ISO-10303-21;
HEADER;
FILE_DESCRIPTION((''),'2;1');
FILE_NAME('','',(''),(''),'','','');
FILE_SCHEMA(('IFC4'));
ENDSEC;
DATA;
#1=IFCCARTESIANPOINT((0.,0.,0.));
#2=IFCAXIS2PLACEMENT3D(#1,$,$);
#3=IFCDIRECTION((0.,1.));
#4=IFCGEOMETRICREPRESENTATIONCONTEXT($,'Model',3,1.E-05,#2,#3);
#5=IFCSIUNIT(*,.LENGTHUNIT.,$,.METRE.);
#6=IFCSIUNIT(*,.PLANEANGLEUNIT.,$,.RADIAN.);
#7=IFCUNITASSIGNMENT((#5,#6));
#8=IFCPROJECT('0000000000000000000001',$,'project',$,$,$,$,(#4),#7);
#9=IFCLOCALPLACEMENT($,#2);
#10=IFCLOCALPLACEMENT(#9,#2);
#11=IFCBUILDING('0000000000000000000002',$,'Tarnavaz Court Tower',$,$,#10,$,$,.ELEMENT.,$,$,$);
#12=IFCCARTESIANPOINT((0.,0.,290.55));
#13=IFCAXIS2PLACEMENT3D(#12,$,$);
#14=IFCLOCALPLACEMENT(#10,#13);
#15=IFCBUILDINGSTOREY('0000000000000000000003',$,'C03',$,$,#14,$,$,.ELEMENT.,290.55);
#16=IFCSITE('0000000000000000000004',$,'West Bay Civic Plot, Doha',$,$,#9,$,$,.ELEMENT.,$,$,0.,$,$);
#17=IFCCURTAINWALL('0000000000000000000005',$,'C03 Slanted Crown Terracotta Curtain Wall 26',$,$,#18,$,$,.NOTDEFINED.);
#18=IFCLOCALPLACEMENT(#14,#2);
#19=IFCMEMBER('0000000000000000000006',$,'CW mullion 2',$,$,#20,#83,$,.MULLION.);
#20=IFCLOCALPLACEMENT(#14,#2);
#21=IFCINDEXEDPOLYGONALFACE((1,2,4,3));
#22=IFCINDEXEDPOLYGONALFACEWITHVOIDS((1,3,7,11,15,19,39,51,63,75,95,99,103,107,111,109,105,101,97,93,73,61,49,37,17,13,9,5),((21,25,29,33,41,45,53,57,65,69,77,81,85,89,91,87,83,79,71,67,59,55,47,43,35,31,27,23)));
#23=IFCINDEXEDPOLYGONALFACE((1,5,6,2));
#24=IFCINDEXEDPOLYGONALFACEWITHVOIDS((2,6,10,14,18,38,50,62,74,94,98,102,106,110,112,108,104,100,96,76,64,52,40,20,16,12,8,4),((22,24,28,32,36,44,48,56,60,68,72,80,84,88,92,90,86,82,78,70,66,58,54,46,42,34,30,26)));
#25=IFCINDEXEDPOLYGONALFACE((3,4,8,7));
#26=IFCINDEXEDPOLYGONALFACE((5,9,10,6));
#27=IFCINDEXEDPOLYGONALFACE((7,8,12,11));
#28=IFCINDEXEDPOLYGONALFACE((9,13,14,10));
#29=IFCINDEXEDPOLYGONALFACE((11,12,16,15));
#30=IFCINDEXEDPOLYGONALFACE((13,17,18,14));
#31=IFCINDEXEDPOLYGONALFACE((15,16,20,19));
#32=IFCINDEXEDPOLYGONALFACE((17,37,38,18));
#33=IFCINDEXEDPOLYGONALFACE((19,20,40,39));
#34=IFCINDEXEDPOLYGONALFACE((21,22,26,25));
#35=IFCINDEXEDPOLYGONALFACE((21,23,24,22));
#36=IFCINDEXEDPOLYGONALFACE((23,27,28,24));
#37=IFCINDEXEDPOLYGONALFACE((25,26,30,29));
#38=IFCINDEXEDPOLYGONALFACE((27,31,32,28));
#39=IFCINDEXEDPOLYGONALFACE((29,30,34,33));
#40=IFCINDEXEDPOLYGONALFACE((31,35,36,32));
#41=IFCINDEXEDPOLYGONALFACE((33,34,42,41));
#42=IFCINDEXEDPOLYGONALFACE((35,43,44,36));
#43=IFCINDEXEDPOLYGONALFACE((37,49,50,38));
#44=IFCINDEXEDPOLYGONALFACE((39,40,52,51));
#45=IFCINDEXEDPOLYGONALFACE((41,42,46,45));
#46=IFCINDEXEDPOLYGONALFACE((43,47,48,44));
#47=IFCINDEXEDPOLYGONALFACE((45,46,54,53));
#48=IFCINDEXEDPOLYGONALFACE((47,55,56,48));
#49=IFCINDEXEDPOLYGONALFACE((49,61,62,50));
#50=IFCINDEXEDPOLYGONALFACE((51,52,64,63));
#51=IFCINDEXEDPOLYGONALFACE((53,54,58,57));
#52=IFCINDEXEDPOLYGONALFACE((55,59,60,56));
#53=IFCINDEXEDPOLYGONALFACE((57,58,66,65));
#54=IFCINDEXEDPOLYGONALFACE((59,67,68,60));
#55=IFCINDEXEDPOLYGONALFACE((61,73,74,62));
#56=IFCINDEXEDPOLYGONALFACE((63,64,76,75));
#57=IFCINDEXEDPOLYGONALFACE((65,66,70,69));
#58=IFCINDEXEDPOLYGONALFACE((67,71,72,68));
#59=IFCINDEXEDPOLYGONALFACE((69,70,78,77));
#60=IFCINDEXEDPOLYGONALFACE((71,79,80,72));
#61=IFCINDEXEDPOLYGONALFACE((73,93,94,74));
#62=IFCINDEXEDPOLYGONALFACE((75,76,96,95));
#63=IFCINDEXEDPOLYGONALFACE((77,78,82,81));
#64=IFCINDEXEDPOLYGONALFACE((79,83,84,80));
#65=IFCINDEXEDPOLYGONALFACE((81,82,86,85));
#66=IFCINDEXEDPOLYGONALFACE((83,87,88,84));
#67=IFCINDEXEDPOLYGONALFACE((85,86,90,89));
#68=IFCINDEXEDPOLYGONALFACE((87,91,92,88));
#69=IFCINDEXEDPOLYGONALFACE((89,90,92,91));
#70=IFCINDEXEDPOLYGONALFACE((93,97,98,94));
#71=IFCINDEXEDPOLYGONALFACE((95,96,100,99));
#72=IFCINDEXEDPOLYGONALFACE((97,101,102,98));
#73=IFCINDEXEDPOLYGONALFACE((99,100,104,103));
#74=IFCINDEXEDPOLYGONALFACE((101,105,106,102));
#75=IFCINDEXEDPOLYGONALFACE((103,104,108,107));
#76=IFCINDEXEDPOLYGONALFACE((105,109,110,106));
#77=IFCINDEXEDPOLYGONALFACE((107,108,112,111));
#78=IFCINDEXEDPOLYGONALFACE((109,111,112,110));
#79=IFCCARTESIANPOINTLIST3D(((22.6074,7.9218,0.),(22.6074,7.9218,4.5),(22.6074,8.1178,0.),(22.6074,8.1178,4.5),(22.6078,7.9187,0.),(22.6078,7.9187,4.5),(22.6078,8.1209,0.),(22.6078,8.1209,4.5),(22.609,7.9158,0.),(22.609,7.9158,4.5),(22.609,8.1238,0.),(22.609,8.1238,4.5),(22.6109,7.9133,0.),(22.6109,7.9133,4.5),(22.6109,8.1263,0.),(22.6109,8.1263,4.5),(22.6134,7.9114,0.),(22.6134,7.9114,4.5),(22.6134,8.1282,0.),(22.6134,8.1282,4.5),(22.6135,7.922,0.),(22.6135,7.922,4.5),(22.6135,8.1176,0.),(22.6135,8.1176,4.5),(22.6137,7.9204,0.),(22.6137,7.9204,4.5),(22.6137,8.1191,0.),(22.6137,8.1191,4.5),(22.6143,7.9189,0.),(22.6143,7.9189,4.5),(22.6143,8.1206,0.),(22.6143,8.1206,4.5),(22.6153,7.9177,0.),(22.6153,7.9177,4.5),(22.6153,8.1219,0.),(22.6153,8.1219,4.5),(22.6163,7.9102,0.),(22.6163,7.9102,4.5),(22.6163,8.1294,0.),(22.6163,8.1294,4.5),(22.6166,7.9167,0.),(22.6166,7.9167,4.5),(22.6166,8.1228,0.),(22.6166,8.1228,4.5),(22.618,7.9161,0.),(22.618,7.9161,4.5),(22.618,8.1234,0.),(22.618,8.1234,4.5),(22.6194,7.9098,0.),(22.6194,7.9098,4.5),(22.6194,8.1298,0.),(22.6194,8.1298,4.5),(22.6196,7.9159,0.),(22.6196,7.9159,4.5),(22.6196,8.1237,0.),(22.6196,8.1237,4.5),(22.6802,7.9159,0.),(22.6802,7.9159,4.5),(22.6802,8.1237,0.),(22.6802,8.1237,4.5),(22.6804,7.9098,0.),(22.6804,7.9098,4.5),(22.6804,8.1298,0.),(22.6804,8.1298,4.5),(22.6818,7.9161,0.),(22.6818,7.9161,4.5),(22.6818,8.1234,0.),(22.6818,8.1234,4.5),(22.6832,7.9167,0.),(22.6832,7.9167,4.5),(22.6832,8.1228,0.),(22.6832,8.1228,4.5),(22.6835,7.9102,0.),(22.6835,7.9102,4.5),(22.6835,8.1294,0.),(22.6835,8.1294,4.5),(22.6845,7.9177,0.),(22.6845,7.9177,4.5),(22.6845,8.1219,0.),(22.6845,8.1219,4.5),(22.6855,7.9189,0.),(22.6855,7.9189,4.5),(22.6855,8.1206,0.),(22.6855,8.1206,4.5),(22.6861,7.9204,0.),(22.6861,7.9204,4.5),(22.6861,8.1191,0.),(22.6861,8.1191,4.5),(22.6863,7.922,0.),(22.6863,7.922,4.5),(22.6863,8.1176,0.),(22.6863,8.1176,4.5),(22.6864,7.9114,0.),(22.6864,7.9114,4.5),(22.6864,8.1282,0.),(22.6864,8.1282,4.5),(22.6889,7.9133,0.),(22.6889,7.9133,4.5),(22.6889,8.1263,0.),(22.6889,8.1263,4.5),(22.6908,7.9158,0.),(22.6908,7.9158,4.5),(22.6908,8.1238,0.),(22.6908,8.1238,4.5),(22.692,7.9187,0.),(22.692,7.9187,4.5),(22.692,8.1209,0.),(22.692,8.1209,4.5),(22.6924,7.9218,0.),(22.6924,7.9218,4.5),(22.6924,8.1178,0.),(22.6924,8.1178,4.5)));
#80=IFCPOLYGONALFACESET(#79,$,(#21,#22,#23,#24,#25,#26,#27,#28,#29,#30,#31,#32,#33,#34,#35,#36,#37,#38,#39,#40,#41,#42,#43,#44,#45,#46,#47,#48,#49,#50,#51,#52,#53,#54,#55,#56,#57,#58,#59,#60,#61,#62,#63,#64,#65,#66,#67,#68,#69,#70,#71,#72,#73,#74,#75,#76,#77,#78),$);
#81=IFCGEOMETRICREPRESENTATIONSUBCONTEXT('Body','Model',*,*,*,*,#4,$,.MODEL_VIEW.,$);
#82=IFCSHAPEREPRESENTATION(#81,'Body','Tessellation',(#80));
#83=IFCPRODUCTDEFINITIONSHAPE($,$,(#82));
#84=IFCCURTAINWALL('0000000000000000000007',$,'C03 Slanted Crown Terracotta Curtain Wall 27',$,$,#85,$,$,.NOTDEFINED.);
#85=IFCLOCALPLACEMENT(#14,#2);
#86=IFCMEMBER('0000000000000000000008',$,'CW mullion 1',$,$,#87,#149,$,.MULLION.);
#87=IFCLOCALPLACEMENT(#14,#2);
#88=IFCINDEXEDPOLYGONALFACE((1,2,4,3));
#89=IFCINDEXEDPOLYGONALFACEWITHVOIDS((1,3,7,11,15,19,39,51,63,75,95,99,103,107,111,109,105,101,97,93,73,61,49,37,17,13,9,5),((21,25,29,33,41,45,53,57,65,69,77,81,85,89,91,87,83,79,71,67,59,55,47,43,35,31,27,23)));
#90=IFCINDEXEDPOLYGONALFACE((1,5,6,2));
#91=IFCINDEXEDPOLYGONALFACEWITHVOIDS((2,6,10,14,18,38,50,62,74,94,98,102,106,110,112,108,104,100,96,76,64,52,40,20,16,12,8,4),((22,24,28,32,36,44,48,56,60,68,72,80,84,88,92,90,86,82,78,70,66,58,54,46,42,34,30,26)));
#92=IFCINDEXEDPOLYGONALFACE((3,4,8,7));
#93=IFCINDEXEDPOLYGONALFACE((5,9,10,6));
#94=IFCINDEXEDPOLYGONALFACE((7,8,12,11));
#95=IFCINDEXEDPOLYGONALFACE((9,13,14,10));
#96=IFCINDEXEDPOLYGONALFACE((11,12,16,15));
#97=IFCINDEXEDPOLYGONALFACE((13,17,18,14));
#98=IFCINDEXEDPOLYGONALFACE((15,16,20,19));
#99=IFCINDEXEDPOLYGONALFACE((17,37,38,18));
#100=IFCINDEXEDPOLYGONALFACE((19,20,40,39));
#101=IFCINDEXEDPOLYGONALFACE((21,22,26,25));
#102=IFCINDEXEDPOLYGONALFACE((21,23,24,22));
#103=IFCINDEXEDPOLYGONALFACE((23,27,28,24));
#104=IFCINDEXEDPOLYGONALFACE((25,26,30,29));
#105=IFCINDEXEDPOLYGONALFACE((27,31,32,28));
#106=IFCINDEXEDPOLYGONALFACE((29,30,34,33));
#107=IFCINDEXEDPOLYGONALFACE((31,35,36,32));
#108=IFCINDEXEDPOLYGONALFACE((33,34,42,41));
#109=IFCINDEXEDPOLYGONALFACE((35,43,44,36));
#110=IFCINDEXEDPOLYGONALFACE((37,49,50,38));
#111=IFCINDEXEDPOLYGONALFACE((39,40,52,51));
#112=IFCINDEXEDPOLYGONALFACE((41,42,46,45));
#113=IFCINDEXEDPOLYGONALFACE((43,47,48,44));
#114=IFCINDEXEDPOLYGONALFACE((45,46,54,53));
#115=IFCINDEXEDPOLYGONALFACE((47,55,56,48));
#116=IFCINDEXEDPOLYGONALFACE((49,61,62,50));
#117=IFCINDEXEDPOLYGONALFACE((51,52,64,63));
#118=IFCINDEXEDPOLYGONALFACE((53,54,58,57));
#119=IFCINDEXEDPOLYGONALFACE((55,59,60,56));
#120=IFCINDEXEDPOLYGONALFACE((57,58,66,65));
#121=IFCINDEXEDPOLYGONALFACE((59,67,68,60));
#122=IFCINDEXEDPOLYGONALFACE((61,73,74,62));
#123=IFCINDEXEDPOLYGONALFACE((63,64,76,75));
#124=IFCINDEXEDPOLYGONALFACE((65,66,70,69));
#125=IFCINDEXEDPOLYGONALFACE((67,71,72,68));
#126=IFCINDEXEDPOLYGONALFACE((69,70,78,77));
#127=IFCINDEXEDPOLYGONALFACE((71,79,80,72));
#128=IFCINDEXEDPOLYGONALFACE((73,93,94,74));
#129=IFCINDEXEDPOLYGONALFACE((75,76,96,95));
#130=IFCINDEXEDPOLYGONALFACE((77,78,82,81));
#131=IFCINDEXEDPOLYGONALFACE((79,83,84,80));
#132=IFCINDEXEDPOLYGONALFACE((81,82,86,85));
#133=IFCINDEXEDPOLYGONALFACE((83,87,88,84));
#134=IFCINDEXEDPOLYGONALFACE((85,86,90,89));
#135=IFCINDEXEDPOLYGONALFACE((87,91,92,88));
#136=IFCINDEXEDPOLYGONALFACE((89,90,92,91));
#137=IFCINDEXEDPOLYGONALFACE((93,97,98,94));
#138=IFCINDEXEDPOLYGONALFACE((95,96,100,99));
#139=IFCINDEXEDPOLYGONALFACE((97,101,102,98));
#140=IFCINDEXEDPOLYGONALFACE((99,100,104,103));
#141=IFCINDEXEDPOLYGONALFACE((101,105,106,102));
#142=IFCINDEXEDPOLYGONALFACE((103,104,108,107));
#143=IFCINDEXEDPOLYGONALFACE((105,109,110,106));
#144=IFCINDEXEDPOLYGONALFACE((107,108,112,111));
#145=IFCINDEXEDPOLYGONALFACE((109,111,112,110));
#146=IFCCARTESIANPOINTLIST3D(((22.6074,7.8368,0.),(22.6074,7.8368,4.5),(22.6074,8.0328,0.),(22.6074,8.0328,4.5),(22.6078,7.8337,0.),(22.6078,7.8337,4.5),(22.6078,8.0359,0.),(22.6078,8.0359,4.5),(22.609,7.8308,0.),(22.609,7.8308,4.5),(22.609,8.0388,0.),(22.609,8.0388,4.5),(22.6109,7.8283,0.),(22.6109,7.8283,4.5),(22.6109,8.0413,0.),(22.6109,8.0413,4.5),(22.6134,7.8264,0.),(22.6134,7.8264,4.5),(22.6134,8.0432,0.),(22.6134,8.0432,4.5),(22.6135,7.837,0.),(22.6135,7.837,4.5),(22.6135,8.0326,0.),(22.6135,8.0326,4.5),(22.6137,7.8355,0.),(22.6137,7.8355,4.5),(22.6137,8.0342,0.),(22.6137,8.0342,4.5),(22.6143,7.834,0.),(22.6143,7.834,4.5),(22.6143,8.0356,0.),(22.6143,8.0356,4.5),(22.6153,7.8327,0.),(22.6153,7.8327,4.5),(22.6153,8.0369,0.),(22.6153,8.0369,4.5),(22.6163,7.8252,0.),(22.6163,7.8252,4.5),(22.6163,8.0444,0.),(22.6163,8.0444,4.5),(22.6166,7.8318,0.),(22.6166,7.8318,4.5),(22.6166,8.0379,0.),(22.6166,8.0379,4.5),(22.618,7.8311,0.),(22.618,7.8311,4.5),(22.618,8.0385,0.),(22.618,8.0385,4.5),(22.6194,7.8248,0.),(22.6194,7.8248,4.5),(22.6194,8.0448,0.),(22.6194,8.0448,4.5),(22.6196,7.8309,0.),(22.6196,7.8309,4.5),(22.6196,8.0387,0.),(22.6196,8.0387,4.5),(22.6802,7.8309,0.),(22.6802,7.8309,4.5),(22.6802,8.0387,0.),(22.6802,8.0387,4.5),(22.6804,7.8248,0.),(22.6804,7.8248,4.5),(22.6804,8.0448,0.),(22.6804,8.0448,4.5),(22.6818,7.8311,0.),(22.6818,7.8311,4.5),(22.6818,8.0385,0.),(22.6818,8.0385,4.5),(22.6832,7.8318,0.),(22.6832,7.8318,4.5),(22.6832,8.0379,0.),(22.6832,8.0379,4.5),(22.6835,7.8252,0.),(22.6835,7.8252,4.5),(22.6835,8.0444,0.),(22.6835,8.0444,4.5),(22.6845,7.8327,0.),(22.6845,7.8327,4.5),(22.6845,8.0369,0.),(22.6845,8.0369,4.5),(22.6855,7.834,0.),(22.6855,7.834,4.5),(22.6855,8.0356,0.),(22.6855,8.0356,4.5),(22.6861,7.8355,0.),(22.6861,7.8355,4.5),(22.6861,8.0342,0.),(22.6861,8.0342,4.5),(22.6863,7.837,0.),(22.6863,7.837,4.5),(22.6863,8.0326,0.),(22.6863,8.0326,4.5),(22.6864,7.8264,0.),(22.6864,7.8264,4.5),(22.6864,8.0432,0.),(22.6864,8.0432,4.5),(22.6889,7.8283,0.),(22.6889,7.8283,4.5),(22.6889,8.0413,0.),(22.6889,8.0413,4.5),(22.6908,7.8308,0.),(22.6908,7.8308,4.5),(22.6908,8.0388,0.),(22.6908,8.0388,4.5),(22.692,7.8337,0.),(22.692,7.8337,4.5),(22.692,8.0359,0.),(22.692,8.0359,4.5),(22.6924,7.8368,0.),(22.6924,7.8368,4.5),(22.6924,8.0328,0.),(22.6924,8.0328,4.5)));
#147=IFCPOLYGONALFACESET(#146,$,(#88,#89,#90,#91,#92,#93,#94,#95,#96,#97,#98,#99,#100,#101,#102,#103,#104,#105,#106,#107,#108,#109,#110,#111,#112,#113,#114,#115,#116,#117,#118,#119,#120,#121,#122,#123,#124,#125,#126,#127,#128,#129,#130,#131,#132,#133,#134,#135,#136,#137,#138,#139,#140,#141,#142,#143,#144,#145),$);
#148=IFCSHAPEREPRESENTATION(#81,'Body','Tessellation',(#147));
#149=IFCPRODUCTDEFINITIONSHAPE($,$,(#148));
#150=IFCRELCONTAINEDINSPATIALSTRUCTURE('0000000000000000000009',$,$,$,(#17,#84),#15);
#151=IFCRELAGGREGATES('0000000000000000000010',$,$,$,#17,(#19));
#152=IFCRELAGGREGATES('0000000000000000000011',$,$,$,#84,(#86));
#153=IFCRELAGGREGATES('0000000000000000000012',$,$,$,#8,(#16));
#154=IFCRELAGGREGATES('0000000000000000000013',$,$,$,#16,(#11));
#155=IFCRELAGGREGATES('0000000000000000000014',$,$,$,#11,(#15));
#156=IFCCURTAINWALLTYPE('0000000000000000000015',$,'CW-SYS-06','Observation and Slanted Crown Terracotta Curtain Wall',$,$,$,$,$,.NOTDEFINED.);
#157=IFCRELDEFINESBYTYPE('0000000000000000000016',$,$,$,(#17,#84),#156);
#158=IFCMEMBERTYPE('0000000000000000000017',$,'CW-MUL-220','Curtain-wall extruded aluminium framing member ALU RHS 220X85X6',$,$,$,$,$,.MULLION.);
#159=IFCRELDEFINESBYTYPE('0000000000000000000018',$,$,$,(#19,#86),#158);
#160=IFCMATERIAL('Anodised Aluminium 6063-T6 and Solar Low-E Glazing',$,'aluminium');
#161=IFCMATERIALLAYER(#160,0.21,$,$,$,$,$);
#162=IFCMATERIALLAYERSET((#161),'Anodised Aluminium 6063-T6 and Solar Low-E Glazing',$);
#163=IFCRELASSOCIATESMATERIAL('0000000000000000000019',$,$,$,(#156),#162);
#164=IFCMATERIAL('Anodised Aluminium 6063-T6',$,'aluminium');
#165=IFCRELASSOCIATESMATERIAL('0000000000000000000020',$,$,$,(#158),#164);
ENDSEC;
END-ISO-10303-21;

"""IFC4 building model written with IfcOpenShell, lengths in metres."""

from ifc_helpers import new_model, si_unit, direction, frame, origin, origin_2d, place, context, subcontext, project, spatial, hollow_rectangle, extrude, material, layer, layer_set, material_profile, profile_set, type_object, element, aggregate, save


model = new_model("IFC4")

# Units and contexts
model_context = context("Model", 3, precision=1e-05, world=origin(), true_north=direction((0.0, 1.0)))
body_context = subcontext(model_context, "Body", "Model", "MODEL_VIEW")
ifc_project = project(units=[si_unit("LENGTHUNIT", "METRE"), si_unit("PLANEANGLEUNIT", "RADIAN")], contexts=[model_context])

# Site, building, storey
site_placement = place(None, origin())
site = spatial("IfcSite", under=ifc_project, at=site_placement, Name="West Bay Civic Plot, Doha", CompositionType="ELEMENT", RefElevation=0.0)
building_placement = place(site_placement, origin())
building = spatial("IfcBuilding", under=site, at=building_placement, Name="Tarnavaz Court Tower", CompositionType="ELEMENT")
storey_placement = place(building_placement, frame((0.0, 0.0, 290.55)))
storey = spatial("IfcBuildingStorey", under=building, at=storey_placement, Name="C03", CompositionType="ELEMENT", Elevation=290.55)

# Shared definitions
ifc_material_1 = material(Name="Anodised Aluminium 6063-T6 and Solar Low-E Glazing", Category="aluminium")
ifc_layer_1 = layer(ifc_material_1, 0.21)
ifc_layer_set_1 = layer_set([ifc_layer_1], Name="Anodised Aluminium 6063-T6 and Solar Low-E Glazing")
curtain_wall_type = type_object("IfcCurtainWallType", Name="CW-SYS-06", Description="Observation and Slanted Crown Terracotta Curtain Wall", PredefinedType="NOTDEFINED", material=ifc_layer_set_1)
ifc_material_2 = material(Name="Anodised Aluminium 6063-T6", Category="aluminium")
ifc_material_profile_1 = material_profile(ifc_material_2, hollow_rectangle(XDim=0.085, YDim=0.22, WallThickness=0.0061, InnerFilletRadius=0.0061, OuterFilletRadius=0.012, at=origin_2d()), Name="ALU RHS 220X85X6")
ifc_profile_set_1 = profile_set([ifc_material_profile_1], Name="Anodised Aluminium 6063-T6")
member_type_1 = type_object("IfcMemberType", Name="CW-MUL-220", Description="Curtain-wall extruded aluminium framing member ALU RHS 220X85X6", PredefinedType="MULLION", material=ifc_profile_set_1)

# Curtain walls, members
curtain_wall_1_placement = place(storey_placement, origin())
curtain_wall_1 = element("IfcCurtainWall", 1, at=curtain_wall_1_placement, inside=storey, type_object=curtain_wall_type, Name="C03 Slanted Crown Terracotta Curtain Wall 26", PredefinedType="NOTDEFINED")
member_1_placement = place(storey_placement, frame((22.6499, 8.0198, 0.0), z_axis=(0.0, 0.0, 1.0), x_axis=(1.0, 0.0, 0.0)))
member_1 = element("IfcMember", 2, at=member_1_placement, type_object=member_type_1, Name="CW mullion 2", PredefinedType="MULLION", context=body_context, shape_type="SweptSolid", body=[
    extrude(hollow_rectangle(XDim=0.085, YDim=0.22, WallThickness=0.0061, InnerFilletRadius=0.0061, OuterFilletRadius=0.012, at=origin_2d()), origin(), (0.0, 0.0, 1.0), 4.5),
])
curtain_wall_2_placement = place(storey_placement, origin())
curtain_wall_2 = element("IfcCurtainWall", 3, at=curtain_wall_2_placement, inside=storey, type_object=curtain_wall_type, Name="C03 Slanted Crown Terracotta Curtain Wall 27", PredefinedType="NOTDEFINED")
member_2_placement = place(storey_placement, frame((22.6499, 7.9348, 0.0), z_axis=(0.0, 0.0, 1.0), x_axis=(1.0, 0.0, 0.0)))
member_2 = element("IfcMember", 4, at=member_2_placement, type_object=member_type_1, Name="CW mullion 1", PredefinedType="MULLION", context=body_context, shape_type="SweptSolid", body=[
    extrude(hollow_rectangle(XDim=0.085, YDim=0.22, WallThickness=0.0061, InnerFilletRadius=0.0061, OuterFilletRadius=0.012, at=origin_2d()), origin(), (0.0, 0.0, 1.0), 4.5),
])

aggregate(curtain_wall_1, [member_1])
aggregate(curtain_wall_2, [member_2])

save(model, "model.ifc")
